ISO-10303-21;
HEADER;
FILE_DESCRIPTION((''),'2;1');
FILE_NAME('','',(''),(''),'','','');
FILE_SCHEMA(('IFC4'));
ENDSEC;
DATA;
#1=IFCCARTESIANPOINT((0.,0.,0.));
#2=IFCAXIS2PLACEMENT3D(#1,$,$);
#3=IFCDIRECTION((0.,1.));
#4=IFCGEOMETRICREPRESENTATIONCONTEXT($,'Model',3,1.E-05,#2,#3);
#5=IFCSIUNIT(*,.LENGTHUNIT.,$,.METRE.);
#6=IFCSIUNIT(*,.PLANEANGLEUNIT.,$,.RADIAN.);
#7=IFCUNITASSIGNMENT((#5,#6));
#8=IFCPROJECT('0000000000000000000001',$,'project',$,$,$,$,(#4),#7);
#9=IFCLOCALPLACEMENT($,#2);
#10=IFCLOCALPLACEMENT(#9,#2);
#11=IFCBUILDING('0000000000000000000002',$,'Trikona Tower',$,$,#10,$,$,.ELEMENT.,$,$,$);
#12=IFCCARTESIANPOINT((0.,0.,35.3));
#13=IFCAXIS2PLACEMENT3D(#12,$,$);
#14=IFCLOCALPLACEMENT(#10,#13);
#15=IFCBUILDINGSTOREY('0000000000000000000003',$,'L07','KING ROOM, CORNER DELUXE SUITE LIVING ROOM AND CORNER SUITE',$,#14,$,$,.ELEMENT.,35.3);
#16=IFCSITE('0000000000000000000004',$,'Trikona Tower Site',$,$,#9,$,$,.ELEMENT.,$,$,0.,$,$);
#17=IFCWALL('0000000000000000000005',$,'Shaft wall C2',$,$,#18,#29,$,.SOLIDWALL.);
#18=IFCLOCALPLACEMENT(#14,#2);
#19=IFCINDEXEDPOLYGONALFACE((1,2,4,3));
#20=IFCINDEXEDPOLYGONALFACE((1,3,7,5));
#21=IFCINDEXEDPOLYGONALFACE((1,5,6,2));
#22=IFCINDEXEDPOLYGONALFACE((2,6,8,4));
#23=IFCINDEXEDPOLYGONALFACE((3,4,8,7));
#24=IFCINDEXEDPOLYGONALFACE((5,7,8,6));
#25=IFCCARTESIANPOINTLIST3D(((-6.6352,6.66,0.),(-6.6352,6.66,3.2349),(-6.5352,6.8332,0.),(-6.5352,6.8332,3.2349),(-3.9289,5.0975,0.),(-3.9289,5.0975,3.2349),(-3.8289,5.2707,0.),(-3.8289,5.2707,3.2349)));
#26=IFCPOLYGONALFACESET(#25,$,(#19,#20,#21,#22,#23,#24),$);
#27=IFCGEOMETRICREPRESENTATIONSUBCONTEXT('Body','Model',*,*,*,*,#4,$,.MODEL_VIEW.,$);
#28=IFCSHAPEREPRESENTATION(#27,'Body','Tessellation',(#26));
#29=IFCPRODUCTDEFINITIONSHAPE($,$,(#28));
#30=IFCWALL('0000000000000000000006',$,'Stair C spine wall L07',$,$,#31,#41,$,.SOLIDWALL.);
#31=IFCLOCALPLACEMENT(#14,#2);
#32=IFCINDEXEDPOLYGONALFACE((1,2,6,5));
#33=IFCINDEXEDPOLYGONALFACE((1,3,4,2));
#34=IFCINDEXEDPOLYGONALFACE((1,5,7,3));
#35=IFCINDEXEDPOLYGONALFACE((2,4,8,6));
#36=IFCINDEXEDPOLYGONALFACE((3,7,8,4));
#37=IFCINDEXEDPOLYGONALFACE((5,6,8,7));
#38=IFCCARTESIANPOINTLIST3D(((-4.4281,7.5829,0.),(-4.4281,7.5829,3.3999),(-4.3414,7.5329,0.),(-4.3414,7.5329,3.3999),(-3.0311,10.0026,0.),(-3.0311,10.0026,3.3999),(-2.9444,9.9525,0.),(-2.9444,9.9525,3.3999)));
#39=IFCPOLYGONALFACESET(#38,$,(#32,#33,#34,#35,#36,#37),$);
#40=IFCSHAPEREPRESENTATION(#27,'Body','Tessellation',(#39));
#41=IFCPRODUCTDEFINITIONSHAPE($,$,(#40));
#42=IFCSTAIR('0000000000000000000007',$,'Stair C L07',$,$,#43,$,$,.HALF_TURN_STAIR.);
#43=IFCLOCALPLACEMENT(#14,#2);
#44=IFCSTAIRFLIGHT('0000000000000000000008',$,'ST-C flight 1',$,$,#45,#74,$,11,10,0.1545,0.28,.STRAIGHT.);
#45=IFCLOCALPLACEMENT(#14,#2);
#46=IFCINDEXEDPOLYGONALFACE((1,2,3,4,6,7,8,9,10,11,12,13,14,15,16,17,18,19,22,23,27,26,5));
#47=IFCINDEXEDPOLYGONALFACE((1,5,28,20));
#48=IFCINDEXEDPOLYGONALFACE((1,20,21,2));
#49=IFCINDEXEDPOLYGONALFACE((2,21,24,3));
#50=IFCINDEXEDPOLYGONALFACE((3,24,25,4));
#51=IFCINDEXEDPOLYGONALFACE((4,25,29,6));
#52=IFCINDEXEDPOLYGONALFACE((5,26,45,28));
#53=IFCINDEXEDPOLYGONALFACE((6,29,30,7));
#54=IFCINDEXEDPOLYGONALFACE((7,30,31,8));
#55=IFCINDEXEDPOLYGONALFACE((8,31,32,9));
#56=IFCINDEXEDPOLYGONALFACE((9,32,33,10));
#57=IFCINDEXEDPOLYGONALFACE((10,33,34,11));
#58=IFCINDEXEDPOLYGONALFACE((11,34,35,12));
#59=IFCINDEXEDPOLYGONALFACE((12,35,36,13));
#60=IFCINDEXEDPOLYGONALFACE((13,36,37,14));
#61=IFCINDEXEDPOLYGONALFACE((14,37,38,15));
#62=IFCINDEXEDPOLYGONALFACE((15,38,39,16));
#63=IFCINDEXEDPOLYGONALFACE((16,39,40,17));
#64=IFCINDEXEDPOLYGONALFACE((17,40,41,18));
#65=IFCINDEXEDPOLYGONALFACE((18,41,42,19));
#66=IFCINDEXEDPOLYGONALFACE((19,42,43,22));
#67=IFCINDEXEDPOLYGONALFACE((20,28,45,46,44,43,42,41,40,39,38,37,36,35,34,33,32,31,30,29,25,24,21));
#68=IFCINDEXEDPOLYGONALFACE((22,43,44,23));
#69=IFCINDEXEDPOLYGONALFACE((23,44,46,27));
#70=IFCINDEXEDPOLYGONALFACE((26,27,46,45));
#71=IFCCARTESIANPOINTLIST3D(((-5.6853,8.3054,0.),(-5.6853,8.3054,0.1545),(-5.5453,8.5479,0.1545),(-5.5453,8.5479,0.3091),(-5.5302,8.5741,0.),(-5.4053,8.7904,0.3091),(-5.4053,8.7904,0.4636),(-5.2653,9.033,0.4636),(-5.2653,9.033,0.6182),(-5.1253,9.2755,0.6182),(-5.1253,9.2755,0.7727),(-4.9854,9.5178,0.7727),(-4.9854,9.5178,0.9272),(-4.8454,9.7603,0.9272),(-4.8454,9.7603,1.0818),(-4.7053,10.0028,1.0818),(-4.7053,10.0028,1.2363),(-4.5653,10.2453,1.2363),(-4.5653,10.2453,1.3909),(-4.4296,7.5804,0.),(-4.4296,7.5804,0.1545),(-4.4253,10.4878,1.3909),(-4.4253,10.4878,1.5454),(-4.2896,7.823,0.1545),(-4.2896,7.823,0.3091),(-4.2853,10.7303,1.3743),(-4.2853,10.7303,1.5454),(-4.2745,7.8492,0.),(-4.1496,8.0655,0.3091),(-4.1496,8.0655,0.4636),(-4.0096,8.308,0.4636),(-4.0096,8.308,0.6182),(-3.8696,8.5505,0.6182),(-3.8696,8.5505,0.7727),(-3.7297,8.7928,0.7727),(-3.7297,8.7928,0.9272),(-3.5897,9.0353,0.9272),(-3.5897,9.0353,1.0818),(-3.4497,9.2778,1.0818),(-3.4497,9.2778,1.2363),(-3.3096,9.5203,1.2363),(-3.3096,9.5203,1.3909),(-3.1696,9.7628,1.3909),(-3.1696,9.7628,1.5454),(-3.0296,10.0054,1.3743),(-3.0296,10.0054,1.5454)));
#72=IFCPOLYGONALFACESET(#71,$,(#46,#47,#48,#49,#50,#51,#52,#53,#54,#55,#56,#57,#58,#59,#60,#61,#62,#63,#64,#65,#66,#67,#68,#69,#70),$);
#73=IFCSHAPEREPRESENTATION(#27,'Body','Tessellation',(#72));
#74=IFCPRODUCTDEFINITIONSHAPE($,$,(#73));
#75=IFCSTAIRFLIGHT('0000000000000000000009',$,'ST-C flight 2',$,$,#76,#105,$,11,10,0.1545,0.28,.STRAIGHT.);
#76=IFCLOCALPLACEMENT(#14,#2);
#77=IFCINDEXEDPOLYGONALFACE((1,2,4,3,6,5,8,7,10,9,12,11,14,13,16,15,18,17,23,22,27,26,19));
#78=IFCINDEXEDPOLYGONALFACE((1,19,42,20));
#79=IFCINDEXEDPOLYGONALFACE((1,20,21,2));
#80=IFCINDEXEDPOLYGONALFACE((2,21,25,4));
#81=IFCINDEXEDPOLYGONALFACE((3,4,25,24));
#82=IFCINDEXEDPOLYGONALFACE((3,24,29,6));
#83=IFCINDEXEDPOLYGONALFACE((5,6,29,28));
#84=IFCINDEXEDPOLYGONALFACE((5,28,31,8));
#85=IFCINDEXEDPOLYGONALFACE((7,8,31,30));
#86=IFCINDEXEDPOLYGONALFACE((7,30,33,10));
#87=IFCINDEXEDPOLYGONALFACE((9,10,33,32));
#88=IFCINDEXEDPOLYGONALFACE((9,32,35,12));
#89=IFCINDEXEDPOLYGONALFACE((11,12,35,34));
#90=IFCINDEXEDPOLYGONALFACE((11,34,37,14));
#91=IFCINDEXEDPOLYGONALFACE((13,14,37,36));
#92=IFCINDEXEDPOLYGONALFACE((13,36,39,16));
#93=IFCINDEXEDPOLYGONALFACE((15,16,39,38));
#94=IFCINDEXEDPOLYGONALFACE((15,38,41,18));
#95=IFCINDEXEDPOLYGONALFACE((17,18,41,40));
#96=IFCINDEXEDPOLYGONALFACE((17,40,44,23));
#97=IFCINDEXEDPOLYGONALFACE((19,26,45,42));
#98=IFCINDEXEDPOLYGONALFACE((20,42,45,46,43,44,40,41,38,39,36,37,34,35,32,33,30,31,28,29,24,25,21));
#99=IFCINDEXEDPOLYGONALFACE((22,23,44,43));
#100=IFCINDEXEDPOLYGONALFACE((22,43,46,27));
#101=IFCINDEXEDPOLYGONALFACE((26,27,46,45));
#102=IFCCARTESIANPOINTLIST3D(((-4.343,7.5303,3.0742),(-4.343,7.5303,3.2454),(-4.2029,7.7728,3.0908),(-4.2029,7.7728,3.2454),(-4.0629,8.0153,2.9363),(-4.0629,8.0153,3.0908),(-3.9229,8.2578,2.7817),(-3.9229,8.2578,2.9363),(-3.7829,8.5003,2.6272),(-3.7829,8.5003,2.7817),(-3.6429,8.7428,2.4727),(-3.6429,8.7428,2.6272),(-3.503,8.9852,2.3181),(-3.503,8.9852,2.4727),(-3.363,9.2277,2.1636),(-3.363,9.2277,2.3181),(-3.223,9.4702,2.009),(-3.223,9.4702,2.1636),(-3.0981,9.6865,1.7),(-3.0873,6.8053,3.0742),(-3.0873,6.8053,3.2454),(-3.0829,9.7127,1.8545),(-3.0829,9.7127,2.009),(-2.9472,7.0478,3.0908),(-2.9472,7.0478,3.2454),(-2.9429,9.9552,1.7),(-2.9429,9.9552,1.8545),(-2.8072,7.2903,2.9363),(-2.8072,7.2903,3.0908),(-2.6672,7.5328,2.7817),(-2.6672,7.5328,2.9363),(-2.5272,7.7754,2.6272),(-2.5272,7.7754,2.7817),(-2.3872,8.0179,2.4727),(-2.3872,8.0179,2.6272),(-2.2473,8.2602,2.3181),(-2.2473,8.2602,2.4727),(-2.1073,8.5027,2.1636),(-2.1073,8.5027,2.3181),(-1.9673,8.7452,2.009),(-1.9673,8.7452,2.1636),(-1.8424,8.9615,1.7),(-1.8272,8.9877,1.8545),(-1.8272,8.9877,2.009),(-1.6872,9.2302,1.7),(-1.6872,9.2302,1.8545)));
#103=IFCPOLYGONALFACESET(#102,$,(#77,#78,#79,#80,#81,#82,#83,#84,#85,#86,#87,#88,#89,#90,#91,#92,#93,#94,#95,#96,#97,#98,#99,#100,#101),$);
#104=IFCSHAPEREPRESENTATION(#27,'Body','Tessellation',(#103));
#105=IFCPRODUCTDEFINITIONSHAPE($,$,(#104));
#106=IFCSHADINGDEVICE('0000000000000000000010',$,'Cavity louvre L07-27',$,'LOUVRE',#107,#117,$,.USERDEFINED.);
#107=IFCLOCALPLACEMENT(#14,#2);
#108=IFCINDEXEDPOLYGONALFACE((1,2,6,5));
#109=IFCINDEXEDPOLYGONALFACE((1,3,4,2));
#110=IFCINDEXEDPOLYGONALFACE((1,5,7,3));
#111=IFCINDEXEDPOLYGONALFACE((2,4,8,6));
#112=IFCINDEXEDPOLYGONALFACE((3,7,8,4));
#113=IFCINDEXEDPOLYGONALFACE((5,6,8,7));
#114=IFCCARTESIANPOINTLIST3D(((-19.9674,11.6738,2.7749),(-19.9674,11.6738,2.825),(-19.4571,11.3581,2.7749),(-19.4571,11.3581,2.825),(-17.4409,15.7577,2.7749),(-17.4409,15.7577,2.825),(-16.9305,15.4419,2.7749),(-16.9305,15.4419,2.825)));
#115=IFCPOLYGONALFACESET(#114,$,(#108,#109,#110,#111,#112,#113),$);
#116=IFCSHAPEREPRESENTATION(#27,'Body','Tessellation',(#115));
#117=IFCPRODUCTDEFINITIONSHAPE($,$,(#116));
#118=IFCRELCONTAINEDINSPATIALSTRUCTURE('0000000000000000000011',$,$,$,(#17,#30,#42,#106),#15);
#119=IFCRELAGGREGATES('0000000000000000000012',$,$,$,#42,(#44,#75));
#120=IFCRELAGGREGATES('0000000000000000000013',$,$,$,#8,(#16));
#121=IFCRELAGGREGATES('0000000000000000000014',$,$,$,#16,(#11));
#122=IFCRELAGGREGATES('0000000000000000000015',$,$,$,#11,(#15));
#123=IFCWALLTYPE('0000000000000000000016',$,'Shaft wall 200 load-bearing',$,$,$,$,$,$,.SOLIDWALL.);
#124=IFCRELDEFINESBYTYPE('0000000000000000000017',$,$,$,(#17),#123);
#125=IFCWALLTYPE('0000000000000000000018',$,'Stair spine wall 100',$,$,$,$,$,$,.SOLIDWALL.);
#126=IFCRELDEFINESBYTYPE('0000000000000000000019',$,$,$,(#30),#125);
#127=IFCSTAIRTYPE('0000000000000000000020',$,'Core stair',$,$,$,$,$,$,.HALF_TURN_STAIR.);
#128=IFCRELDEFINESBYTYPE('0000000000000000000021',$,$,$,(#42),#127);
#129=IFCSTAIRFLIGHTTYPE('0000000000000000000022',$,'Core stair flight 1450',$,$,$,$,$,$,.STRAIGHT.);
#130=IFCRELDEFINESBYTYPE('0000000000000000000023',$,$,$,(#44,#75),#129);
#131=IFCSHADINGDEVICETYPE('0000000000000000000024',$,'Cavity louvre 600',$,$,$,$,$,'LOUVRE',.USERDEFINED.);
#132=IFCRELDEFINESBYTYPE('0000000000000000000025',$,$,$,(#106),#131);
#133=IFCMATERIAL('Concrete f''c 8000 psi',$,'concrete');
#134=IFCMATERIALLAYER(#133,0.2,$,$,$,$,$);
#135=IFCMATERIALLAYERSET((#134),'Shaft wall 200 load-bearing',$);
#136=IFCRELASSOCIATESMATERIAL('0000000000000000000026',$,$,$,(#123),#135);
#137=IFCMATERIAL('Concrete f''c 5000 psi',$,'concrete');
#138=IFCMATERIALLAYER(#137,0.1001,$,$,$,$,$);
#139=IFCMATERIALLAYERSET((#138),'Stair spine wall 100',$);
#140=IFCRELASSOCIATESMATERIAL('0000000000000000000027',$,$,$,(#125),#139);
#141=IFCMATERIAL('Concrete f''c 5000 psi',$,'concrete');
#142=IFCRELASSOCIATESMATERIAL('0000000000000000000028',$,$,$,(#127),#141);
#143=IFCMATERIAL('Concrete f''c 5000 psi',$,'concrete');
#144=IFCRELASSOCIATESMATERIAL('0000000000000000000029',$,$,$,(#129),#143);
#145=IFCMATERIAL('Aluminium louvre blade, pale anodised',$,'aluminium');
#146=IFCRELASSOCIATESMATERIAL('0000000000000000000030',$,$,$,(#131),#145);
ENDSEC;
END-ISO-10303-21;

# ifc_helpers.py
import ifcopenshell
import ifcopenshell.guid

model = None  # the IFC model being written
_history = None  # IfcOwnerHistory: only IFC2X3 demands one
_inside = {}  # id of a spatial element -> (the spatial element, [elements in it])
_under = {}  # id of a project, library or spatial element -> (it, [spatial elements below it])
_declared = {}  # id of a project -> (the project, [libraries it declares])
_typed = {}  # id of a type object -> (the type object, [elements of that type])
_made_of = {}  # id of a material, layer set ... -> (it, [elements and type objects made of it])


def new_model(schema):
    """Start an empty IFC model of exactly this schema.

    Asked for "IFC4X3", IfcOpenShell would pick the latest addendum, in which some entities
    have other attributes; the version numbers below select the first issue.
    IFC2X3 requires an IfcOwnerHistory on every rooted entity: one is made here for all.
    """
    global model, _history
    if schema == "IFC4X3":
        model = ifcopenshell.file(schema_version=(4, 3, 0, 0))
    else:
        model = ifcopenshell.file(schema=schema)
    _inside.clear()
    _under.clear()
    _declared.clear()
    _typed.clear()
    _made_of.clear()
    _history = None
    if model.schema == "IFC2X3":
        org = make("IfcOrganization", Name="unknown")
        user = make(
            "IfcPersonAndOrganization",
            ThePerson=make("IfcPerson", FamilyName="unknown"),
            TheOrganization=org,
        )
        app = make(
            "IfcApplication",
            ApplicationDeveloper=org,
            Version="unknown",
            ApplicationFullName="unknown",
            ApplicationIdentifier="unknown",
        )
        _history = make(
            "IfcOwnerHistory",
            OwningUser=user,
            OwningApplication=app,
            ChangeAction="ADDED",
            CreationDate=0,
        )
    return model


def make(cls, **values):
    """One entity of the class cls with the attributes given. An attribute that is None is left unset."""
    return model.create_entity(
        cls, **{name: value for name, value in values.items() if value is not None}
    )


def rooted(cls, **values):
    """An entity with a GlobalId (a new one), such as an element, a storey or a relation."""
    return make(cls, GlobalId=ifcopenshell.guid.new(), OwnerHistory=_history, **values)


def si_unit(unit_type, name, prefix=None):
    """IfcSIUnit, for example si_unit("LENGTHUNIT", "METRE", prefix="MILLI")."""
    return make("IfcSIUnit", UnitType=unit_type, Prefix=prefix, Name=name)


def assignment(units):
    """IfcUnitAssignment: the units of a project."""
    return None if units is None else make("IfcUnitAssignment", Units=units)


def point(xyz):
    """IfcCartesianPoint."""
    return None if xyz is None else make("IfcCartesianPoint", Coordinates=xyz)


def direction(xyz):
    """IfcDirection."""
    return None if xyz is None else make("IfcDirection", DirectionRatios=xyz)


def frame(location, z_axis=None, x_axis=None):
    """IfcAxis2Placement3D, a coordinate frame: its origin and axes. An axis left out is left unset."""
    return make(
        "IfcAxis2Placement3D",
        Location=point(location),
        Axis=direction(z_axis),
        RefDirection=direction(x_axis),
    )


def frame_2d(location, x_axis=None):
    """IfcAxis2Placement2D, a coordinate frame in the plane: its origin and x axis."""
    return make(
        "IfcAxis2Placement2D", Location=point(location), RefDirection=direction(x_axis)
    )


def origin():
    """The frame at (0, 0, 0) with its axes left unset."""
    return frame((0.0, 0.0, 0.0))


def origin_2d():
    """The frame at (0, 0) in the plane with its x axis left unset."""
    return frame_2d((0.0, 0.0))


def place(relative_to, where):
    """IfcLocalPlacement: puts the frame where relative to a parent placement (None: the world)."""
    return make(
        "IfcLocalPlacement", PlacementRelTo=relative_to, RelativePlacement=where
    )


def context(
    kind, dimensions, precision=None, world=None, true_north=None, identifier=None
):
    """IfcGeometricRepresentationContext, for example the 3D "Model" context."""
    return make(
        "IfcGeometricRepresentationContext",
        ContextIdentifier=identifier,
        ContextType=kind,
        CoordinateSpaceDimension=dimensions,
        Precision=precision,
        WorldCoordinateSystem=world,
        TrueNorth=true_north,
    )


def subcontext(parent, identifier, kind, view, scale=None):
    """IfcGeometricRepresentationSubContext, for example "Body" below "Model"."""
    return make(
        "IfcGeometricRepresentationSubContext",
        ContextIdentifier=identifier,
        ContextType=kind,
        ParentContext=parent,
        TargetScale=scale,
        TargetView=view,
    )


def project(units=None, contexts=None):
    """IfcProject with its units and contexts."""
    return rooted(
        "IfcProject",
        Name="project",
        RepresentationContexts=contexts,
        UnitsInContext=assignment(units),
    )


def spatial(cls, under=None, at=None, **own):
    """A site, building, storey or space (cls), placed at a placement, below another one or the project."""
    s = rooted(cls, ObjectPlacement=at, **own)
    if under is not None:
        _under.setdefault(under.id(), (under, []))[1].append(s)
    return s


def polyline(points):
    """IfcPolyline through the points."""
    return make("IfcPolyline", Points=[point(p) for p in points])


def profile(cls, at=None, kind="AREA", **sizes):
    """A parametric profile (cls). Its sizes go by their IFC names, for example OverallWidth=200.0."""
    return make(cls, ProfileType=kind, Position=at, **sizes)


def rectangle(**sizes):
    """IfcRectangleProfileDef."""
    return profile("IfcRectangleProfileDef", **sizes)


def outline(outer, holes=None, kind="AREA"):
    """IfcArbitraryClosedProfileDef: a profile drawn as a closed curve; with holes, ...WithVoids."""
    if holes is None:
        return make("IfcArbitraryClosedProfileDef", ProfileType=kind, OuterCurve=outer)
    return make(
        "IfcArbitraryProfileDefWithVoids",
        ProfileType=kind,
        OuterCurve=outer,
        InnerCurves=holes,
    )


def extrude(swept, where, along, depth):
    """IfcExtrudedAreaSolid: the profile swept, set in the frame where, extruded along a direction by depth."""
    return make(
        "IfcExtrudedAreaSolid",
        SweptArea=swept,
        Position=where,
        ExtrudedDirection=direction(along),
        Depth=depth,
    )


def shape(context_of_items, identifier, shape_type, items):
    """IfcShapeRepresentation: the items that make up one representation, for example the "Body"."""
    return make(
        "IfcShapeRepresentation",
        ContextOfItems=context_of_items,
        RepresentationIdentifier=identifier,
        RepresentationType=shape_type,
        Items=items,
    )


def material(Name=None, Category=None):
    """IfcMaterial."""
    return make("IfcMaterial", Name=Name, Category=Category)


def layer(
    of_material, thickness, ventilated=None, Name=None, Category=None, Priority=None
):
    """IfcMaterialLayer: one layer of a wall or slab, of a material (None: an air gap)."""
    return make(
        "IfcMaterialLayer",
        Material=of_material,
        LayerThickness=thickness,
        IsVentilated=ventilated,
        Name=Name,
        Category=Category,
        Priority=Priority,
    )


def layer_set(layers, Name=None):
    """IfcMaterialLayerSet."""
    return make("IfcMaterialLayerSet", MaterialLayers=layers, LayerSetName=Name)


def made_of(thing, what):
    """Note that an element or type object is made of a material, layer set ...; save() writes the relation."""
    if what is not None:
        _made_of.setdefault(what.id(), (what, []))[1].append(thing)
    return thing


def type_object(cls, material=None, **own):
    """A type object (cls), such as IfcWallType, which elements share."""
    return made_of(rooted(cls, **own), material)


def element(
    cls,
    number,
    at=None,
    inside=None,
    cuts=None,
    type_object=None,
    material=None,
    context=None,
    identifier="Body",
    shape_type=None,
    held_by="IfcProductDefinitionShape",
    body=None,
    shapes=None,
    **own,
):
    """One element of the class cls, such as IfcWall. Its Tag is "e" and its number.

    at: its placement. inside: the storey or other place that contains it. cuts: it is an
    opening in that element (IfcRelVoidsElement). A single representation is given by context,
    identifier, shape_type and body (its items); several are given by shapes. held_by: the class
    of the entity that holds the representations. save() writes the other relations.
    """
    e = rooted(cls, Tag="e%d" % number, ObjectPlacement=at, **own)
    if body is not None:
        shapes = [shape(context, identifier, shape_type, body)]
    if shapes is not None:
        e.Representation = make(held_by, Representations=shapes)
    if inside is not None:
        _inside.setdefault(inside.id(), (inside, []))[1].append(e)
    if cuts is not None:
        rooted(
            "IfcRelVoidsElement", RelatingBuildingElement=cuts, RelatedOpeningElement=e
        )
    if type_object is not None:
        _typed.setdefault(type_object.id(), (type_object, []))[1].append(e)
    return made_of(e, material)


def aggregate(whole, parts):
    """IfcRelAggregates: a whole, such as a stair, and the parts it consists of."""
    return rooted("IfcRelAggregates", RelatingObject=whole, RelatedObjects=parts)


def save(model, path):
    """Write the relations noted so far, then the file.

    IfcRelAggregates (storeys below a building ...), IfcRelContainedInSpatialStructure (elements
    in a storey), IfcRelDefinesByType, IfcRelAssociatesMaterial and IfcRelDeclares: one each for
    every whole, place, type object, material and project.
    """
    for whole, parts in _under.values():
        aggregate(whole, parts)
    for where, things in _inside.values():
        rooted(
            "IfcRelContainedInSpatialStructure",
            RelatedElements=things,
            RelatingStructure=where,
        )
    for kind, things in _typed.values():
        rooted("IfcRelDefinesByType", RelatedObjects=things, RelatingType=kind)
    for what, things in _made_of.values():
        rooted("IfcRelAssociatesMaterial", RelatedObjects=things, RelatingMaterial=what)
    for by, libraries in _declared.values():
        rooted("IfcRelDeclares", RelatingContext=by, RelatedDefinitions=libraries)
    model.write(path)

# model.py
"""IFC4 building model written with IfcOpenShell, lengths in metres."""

from ifc_helpers import new_model, si_unit, direction, frame, frame_2d, origin, origin_2d, place, context, subcontext, project, spatial, polyline, rectangle, outline, extrude, material, layer, layer_set, type_object, element, aggregate, save


model = new_model("IFC4")

# Units and contexts
model_context = context("Model", 3, precision=1e-05, world=origin(), true_north=direction((0.0, 1.0)))
body_context = subcontext(model_context, "Body", "Model", "MODEL_VIEW")
ifc_project = project(units=[si_unit("LENGTHUNIT", "METRE"), si_unit("PLANEANGLEUNIT", "RADIAN")], contexts=[model_context])

# Site, building, storey
site_placement = place(None, origin())
site = spatial("IfcSite", under=ifc_project, at=site_placement, Name="Trikona Tower Site", CompositionType="ELEMENT", RefElevation=0.0)
building_placement = place(site_placement, origin())
building = spatial("IfcBuilding", under=site, at=building_placement, Name="Trikona Tower", CompositionType="ELEMENT")
storey_placement = place(building_placement, frame((0.0, 0.0, 35.3)))
storey = spatial("IfcBuildingStorey", under=building, at=storey_placement, Name="L07", Description="KING ROOM, CORNER DELUXE SUITE LIVING ROOM AND CORNER SUITE", CompositionType="ELEMENT", Elevation=35.3)

# Walls
ifc_material_1 = material(Name="Concrete f'c 8000 psi", Category="concrete")
ifc_layer_1 = layer(ifc_material_1, 0.2)
ifc_layer_set_1 = layer_set([ifc_layer_1], Name="Shaft wall 200 load-bearing")
wall_type_1 = type_object("IfcWallType", Name="Shaft wall 200 load-bearing", PredefinedType="SOLIDWALL", material=ifc_layer_set_1)
for number, where, z_axis, x_axis, name in (
    (1, (-3.8789, 5.1841, 0.0), (0.0, 0.0, 1.0), (-0.866023, 0.500004, 0.0), "Shaft wall C2"),
):
    element("IfcWall", number, at=place(storey_placement, frame(where, z_axis=z_axis, x_axis=x_axis)), inside=storey, type_object=wall_type_1, Name=name, PredefinedType="SOLIDWALL", context=body_context, shape_type="SweptSolid", body=[
        extrude(rectangle(XDim=3.125, YDim=0.2, at=frame_2d((1.5625, 0.0))), origin(), (0.0, 0.0, 1.0), 3.2349),
    ])
ifc_material_2 = material(Name="Concrete f'c 5000 psi", Category="concrete")
ifc_layer_2 = layer(ifc_material_2, 0.1001)
ifc_layer_set_2 = layer_set([ifc_layer_2], Name="Stair spine wall 100")
wall_type_2 = type_object("IfcWallType", Name="Stair spine wall 100", PredefinedType="SOLIDWALL", material=ifc_layer_set_2)
wall_1_placement = place(storey_placement, frame((-2.9878, 9.9775, 0.0), z_axis=(0.0, 0.0, 1.0), x_axis=(-0.499992, -0.86603, 0.0)))
element("IfcWall", 2, at=wall_1_placement, inside=storey, type_object=wall_type_2, Name="Stair C spine wall L07", PredefinedType="SOLIDWALL", context=body_context, shape_type="SweptSolid", body=[
    extrude(rectangle(XDim=2.7939, YDim=0.1001, at=frame_2d((1.397, 0.0))), origin(), (0.0, 0.0, 1.0), 3.3999),
])

# Stair, stair flights
ifc_material_3 = material(Name="Concrete f'c 5000 psi", Category="concrete")
stair_type = type_object("IfcStairType", Name="Core stair", PredefinedType="HALF_TURN_STAIR", material=ifc_material_3)
stair_placement = place(storey_placement, origin())
stair = element("IfcStair", 3, at=stair_placement, inside=storey, type_object=stair_type, Name="Stair C L07", PredefinedType="HALF_TURN_STAIR")
ifc_material_4 = material(Name="Concrete f'c 5000 psi", Category="concrete")
stair_flight_type = type_object("IfcStairFlightType", Name="Core stair flight 1450", PredefinedType="STRAIGHT", material=ifc_material_4)
stair_flight_1_placement = place(storey_placement, frame((-5.0574, 7.9429, 0.0), z_axis=(0.0, 0.0, 1.0), x_axis=(0.5, 0.866025, 0.0)))
stair_flight_1 = element("IfcStairFlight", 4, at=stair_flight_1_placement, type_object=stair_flight_type, Name="ST-C flight 1", NumberOfRisers=11, NumberOfTreads=10, PredefinedType="STRAIGHT", RiserHeight=0.1545, TreadLength=0.28, context=body_context, shape_type="SweptSolid", body=[
    extrude(outline(polyline([(0.0, 0.0), (0.0, 0.1545), (0.28, 0.1545), (0.28, 0.3091), (0.5601, 0.3091), (0.5601, 0.4636), (0.8401, 0.4636), (0.8401, 0.6182), (1.1201, 0.6182), (1.1201, 0.7727), (1.3999, 0.7727), (1.3999, 0.9272), (1.6799, 0.9272), (1.6799, 1.0818), (1.96, 1.0818), (1.96, 1.2363), (2.24, 1.2363), (2.24, 1.3909), (2.52, 1.3909), (2.52, 1.5454), (2.8, 1.5454), (2.8, 1.7), (2.8, 1.3743), (0.3103, 0.0), (0.0, 0.0)])), frame((0.0, 0.7251, 0.0), z_axis=(0.0, -1.0, 0.0), x_axis=(1.0, 0.0, 0.0)), (0.0, 0.0, 1.0), 1.45),
])
stair_flight_2_placement = place(storey_placement, frame((-2.3152, 9.5928, 1.7), z_axis=(0.0, 0.0, 1.0), x_axis=(-0.5, -0.866025, 0.0)))
stair_flight_2 = element("IfcStairFlight", 5, at=stair_flight_2_placement, type_object=stair_flight_type, Name="ST-C flight 2", NumberOfRisers=11, NumberOfTreads=10, PredefinedType="STRAIGHT", RiserHeight=0.1545, TreadLength=0.28, context=body_context, shape_type="SweptSolid", body=[
    extrude(outline(polyline([(0.0, 0.0), (0.0, 0.1545), (0.28, 0.1545), (0.28, 0.3091), (0.5601, 0.3091), (0.5601, 0.4636), (0.8401, 0.4636), (0.8401, 0.6182), (1.1201, 0.6182), (1.1201, 0.7727), (1.3999, 0.7727), (1.3999, 0.9272), (1.6799, 0.9272), (1.6799, 1.0818), (1.96, 1.0818), (1.96, 1.2363), (2.24, 1.2363), (2.24, 1.3909), (2.52, 1.3909), (2.52, 1.5454), (2.8, 1.5454), (2.8, 1.7), (2.8, 1.3743), (0.3103, 0.0), (0.0, 0.0)])), frame((0.0, 0.7251, 0.0), z_axis=(0.0, -1.0, 0.0), x_axis=(1.0, 0.0, 0.0)), (0.0, 0.0, 1.0), 1.45),
])
aggregate(stair, [stair_flight_1, stair_flight_2])

# Shading device
ifc_material_5 = material(Name="Aluminium louvre blade, pale anodised", Category="aluminium")
shading_device_type = type_object("IfcShadingDeviceType", Name="Cavity louvre 600", ElementType="LOUVRE", PredefinedType="USERDEFINED", material=ifc_material_5)
shading_device_placement = place(storey_placement, frame((-18.449, 13.5579, 2.7749), z_axis=(0.0, 0.0, 1.0), x_axis=(-0.526119, -0.850411, 0.0)))
element("IfcShadingDevice", 6, at=shading_device_placement, inside=storey, type_object=shading_device_type, Name="Cavity louvre L07-27", ObjectType="LOUVRE", PredefinedType="USERDEFINED", context=body_context, shape_type="SweptSolid", body=[
    extrude(rectangle(XDim=4.8022, YDim=0.6001, at=origin_2d()), origin(), (0.0, 0.0, 1.0), 0.05),
])

save(model, "model.ifc")
